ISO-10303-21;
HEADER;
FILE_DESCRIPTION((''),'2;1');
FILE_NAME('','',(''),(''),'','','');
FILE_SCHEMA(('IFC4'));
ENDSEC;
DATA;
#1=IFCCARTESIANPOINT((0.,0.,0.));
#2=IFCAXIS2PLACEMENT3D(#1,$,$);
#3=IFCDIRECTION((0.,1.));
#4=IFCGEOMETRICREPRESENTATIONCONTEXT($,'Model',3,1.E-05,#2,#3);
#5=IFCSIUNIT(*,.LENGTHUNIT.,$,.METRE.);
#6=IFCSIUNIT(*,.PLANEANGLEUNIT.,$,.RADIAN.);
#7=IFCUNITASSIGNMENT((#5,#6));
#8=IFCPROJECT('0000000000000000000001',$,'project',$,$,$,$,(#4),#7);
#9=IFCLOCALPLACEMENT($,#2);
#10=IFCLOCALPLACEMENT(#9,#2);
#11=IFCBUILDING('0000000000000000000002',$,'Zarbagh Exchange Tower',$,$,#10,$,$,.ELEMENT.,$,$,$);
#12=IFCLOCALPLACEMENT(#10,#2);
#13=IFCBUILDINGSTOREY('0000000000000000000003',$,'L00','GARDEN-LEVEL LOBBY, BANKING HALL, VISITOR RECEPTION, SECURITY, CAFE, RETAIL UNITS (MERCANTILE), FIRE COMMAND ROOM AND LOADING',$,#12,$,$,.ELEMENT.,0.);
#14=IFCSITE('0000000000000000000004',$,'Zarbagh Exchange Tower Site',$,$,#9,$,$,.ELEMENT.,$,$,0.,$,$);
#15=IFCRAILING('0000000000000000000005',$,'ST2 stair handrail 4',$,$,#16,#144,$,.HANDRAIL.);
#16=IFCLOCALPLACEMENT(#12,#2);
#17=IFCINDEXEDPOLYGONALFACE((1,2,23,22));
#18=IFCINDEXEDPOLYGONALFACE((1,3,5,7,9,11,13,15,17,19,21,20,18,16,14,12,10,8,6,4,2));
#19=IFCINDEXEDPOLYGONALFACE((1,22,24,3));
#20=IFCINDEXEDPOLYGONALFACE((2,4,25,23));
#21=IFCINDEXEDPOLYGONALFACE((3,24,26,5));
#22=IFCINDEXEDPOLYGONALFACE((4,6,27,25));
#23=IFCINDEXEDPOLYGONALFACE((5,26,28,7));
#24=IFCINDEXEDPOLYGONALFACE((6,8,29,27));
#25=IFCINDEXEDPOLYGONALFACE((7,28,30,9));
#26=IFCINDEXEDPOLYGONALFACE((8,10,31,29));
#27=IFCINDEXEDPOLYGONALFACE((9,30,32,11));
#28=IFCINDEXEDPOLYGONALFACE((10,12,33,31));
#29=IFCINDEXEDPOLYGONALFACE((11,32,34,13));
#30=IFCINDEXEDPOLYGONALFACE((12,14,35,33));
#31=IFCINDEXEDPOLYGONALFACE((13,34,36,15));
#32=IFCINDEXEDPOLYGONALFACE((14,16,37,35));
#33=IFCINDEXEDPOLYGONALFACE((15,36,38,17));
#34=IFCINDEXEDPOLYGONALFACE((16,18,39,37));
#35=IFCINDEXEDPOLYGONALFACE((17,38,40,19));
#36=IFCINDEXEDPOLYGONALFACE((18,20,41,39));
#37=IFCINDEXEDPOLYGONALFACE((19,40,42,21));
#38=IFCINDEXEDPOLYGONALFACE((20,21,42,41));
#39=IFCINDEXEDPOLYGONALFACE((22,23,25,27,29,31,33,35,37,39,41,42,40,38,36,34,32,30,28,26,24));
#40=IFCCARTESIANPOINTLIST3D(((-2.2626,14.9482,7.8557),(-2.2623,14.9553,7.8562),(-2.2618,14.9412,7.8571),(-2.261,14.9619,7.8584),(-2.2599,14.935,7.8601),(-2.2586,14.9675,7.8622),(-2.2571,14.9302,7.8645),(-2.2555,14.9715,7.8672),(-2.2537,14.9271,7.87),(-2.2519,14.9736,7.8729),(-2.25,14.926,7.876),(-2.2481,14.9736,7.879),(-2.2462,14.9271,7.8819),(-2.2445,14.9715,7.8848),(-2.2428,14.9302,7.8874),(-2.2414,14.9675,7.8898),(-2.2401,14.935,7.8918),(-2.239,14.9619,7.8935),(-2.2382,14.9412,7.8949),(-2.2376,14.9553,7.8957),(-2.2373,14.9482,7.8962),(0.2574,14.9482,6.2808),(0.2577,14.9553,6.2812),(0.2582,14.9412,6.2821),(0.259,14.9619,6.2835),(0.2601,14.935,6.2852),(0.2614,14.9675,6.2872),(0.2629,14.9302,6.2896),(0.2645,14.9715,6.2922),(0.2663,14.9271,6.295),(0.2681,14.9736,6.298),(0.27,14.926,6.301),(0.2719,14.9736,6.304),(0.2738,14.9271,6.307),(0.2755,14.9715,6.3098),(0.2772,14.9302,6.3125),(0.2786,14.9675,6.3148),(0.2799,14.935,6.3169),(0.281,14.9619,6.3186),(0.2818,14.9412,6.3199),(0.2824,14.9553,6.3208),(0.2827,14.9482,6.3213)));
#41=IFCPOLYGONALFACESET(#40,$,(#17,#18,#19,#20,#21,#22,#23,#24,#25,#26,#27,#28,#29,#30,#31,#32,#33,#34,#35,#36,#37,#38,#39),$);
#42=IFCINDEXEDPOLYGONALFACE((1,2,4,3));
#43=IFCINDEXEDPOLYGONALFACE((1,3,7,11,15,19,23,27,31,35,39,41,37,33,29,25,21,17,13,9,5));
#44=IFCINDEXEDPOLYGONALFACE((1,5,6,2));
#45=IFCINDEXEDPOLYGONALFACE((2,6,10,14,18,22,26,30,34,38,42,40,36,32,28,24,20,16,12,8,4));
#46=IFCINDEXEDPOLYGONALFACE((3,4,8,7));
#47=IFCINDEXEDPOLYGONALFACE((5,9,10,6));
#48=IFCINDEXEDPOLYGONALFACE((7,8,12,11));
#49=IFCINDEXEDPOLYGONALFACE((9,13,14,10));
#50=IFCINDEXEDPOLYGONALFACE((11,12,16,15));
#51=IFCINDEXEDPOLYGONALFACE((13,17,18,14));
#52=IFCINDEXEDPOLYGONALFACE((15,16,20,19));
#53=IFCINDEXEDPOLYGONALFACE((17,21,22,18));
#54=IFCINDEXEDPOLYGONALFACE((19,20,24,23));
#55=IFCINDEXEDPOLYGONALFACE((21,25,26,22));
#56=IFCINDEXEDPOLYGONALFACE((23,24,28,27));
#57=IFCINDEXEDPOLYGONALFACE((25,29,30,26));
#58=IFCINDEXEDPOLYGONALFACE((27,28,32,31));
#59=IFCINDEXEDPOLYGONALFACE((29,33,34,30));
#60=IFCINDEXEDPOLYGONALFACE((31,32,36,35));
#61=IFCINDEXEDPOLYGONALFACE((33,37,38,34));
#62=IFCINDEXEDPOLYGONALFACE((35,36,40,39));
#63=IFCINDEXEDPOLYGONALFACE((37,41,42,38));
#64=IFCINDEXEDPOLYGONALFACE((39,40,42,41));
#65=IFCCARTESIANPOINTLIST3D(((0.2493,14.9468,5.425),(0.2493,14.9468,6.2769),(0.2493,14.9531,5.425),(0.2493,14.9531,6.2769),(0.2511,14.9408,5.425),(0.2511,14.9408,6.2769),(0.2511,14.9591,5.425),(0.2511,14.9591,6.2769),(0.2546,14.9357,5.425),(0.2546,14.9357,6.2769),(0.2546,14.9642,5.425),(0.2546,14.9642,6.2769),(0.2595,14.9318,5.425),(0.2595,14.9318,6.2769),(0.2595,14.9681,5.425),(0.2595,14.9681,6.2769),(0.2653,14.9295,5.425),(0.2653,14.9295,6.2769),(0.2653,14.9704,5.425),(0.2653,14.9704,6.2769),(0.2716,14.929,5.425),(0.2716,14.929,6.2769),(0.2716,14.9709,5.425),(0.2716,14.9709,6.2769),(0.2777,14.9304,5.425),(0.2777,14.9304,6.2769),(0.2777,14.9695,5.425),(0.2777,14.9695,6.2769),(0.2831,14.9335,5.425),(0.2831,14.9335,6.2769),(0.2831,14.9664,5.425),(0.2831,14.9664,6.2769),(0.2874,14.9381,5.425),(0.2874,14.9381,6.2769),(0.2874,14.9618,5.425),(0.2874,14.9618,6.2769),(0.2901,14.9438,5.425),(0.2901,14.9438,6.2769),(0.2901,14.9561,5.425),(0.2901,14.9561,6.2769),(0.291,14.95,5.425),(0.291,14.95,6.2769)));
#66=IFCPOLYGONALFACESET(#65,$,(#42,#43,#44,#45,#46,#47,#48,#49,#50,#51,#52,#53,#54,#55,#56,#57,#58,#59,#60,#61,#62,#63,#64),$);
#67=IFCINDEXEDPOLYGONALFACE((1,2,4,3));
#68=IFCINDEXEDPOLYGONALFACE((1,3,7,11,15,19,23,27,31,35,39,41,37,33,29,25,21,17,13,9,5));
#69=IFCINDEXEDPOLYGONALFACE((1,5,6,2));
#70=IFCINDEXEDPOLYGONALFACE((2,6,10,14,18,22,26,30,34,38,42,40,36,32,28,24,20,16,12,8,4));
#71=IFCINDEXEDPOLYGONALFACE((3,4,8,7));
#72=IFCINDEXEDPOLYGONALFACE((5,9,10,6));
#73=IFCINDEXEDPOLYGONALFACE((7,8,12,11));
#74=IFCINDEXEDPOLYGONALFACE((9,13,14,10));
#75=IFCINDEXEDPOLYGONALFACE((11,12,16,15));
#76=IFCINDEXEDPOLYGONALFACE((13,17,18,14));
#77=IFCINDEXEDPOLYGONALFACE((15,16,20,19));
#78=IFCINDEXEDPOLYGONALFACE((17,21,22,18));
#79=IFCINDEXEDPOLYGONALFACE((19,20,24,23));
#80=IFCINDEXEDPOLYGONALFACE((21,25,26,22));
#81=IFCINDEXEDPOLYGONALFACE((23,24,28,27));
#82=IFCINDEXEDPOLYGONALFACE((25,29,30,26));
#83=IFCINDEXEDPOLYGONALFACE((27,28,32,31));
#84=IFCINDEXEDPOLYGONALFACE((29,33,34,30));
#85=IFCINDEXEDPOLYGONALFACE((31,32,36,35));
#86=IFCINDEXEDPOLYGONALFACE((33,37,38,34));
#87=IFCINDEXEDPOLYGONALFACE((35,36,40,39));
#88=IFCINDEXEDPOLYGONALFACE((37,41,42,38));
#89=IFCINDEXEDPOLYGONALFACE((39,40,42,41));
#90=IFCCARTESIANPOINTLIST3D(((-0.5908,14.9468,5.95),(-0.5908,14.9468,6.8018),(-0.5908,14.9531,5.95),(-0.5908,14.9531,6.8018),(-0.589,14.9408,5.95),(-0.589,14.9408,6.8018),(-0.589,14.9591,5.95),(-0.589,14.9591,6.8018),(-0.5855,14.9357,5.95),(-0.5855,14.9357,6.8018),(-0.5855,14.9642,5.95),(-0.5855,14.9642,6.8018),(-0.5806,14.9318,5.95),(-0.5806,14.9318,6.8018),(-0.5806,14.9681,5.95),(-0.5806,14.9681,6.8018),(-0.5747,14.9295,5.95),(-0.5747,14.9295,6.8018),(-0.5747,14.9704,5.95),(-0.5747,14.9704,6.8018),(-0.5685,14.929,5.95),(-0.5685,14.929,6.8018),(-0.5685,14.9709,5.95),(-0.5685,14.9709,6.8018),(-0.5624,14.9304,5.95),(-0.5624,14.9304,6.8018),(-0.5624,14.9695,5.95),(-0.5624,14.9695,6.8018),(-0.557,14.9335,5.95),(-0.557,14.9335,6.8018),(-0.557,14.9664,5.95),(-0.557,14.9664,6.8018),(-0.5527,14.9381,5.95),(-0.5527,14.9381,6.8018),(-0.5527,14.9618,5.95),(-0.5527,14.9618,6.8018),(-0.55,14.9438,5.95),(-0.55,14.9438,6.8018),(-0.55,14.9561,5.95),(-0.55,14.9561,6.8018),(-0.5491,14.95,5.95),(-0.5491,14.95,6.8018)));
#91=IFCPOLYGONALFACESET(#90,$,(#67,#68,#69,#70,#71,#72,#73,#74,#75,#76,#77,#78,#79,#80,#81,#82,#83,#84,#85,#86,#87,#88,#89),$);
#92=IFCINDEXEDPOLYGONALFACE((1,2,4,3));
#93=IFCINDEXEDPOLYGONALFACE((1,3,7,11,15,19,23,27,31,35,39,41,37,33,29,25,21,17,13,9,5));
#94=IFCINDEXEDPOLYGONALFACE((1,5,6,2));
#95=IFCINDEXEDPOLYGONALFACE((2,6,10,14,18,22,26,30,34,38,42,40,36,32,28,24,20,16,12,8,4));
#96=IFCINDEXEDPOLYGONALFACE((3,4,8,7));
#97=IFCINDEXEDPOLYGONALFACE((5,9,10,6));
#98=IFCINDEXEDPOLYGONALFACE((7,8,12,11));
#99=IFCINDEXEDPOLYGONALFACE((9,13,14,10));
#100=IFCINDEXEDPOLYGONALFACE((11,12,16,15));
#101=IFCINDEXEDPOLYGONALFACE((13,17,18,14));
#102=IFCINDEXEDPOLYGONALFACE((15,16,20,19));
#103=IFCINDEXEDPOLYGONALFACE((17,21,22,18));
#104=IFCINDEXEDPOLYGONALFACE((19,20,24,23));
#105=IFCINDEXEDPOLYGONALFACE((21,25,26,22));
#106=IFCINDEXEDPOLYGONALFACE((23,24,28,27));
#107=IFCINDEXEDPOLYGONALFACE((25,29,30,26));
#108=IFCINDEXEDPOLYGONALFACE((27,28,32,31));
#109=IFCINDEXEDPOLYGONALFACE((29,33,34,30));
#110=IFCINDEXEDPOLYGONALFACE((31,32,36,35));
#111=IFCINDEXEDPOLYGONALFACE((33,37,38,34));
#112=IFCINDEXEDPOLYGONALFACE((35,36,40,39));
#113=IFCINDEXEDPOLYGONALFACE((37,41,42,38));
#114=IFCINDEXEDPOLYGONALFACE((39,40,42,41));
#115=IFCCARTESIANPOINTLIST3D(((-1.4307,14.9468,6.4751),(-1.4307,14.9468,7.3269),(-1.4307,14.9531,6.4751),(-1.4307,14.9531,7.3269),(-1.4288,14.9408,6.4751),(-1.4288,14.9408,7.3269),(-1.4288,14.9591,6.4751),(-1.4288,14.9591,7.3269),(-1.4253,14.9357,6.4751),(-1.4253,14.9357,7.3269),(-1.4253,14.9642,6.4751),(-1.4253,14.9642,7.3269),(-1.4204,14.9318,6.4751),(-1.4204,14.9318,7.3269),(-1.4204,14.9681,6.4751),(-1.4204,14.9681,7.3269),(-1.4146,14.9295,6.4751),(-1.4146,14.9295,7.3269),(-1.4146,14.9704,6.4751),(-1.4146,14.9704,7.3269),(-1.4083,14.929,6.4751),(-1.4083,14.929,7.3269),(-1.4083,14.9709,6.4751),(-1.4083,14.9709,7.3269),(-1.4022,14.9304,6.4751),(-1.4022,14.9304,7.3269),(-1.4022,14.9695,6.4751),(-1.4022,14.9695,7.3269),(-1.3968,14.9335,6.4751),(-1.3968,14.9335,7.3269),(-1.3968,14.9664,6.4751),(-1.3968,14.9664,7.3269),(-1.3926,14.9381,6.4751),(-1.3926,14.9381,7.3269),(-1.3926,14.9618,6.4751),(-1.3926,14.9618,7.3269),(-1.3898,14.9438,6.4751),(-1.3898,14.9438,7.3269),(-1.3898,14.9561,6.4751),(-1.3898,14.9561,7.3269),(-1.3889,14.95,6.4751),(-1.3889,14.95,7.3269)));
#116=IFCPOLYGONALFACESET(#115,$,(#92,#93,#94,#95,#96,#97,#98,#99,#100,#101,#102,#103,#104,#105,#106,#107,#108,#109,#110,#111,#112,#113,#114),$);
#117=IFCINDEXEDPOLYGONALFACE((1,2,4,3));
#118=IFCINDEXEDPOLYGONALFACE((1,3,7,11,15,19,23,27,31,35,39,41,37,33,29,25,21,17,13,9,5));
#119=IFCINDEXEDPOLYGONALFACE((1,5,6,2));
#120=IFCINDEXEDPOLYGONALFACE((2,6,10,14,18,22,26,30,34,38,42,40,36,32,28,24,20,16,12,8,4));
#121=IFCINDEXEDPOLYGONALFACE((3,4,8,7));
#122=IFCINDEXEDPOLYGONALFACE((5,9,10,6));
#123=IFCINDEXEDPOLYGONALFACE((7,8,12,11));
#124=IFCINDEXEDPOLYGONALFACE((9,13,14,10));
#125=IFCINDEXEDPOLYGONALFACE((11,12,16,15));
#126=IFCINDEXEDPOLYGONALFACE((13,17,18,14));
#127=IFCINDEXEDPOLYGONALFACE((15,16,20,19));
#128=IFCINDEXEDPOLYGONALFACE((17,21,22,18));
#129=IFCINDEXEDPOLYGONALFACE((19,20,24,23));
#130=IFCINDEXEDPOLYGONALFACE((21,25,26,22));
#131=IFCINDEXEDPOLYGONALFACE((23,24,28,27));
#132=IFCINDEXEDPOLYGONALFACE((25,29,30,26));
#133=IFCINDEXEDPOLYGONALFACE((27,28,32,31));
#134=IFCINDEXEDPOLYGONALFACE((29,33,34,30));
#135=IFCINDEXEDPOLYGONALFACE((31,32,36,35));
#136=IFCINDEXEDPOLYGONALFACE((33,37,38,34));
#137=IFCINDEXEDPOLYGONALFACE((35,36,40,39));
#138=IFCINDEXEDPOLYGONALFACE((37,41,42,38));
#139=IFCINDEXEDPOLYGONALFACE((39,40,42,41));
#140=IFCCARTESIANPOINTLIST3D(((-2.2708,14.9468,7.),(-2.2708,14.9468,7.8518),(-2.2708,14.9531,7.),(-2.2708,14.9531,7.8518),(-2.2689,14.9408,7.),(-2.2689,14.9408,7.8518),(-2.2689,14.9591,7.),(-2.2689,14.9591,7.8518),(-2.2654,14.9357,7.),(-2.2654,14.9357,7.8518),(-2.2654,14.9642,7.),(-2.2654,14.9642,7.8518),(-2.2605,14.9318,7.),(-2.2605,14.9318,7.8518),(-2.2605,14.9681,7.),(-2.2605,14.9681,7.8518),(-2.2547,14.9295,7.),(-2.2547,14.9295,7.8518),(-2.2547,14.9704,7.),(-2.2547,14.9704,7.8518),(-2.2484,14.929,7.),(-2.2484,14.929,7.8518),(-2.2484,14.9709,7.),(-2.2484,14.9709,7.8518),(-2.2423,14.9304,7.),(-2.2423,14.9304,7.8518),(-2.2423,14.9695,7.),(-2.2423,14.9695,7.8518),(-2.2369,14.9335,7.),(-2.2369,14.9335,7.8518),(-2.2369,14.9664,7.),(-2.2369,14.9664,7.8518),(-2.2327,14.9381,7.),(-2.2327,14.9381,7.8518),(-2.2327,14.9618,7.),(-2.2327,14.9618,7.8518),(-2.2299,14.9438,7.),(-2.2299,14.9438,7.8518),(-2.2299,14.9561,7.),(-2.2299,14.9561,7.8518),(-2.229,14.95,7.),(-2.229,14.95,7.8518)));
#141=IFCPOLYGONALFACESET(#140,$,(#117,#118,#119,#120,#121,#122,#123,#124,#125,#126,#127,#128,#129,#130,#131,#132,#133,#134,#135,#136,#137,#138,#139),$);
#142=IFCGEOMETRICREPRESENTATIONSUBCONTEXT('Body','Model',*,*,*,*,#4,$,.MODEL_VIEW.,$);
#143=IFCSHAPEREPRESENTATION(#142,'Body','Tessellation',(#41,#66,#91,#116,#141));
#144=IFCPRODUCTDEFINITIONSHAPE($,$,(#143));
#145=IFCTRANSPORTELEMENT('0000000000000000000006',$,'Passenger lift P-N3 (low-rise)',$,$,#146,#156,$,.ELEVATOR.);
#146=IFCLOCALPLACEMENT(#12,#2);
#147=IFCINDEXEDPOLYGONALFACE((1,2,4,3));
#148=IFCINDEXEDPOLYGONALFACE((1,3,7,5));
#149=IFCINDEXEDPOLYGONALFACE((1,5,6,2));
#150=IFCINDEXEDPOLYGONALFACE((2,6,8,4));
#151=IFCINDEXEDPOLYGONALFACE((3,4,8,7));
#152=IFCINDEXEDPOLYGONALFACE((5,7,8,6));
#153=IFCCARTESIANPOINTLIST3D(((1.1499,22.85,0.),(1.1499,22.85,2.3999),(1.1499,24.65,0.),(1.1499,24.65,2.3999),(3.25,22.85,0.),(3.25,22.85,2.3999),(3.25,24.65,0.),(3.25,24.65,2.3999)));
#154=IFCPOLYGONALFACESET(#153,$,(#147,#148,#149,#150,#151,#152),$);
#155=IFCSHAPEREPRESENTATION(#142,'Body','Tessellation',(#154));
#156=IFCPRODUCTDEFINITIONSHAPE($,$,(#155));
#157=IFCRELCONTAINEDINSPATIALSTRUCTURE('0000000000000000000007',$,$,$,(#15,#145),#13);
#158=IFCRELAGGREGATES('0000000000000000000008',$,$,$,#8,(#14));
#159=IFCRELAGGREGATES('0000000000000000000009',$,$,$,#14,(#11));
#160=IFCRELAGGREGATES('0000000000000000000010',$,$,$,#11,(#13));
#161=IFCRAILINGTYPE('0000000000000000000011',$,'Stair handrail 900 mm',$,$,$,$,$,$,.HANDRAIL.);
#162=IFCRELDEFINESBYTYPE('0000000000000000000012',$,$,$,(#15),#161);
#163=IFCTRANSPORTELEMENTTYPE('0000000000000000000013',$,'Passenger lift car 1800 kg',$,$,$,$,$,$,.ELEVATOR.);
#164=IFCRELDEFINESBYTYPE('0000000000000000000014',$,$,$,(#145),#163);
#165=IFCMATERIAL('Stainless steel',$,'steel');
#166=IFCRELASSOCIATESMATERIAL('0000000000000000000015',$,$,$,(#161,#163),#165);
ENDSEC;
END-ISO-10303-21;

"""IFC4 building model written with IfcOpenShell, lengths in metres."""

from ifc_helpers import new_model, si_unit, direction, frame, origin, origin_2d, place, context, subcontext, project, spatial, rectangle, circle, extrude, material, type_object, element, save


model = new_model("IFC4")

# Units and contexts
model_context = context("Model", 3, precision=1e-05, world=origin(), true_north=direction((0.0, 1.0)))
body_context = subcontext(model_context, "Body", "Model", "MODEL_VIEW")
ifc_project = project(units=[si_unit("LENGTHUNIT", "METRE"), si_unit("PLANEANGLEUNIT", "RADIAN")], contexts=[model_context])

# Site, building, storey
site_placement = place(None, origin())
site = spatial("IfcSite", under=ifc_project, at=site_placement, Name="Zarbagh Exchange Tower Site", CompositionType="ELEMENT", RefElevation=0.0)
building_placement = place(site_placement, origin())
building = spatial("IfcBuilding", under=site, at=building_placement, Name="Zarbagh Exchange Tower", CompositionType="ELEMENT")
storey_placement = place(building_placement, origin())
storey = spatial("IfcBuildingStorey", under=building, at=storey_placement, Name="L00", Description="GARDEN-LEVEL LOBBY, BANKING HALL, VISITOR RECEPTION, SECURITY, CAFE, RETAIL UNITS (MERCANTILE), FIRE COMMAND ROOM AND LOADING", CompositionType="ELEMENT", Elevation=0.0)

# Railing
ifc_material_1 = material(Name="Stainless steel", Category="steel")
railing_type_1 = type_object("IfcRailingType", Name="Stair handrail 900 mm", PredefinedType="HANDRAIL", material=ifc_material_1)
for number, where, name in (
    (1, (0.27, 14.95, 5.425), "ST2 stair handrail 4"),
):
    element("IfcRailing", number, at=place(storey_placement, frame(where)), inside=storey, type_object=railing_type_1, Name=name, PredefinedType="HANDRAIL", context=body_context, shape_type="SweptSolid", body=[
        extrude(circle(Radius=0.0239, at=origin_2d()), frame((0.0, 0.0, 0.876), z_axis=(-0.848008, 0.0, 0.529984), x_axis=(0.0, -1.0, 0.0)), (0.0, 0.0, 1.0), 2.9717),
        extrude(circle(Radius=0.021, at=origin_2d()), origin(), (0.0, 0.0, 1.0), 0.8518),
        extrude(circle(Radius=0.021, at=origin_2d()), frame((-0.8401, 0.0, 0.5249)), (0.0, 0.0, 1.0), 0.8518),
        extrude(circle(Radius=0.021, at=origin_2d()), frame((-1.6799, 0.0, 1.05)), (0.0, 0.0, 1.0), 0.8518),
        extrude(circle(Radius=0.021, at=origin_2d()), frame((-2.52, 0.0, 1.575)), (0.0, 0.0, 1.0), 0.8518),
    ])

# Transport element
transport_element_type = type_object("IfcTransportElementType", Name="Passenger lift car 1800 kg", PredefinedType="ELEVATOR", material=ifc_material_1)
transport_element_placement = place(storey_placement, frame((2.2, 23.75, 0.0), z_axis=(0.0, 0.0, 1.0), x_axis=(1.0, 0.0, 0.0)))
element("IfcTransportElement", 2, at=transport_element_placement, inside=storey, type_object=transport_element_type, Name="Passenger lift P-N3 (low-rise)", PredefinedType="ELEVATOR", context=body_context, shape_type="SweptSolid", body=[
    extrude(rectangle(XDim=2.1001, YDim=1.8, at=origin_2d()), origin(), (0.0, 0.0, 1.0), 2.3999),
])

save(model, "model.ifc")
